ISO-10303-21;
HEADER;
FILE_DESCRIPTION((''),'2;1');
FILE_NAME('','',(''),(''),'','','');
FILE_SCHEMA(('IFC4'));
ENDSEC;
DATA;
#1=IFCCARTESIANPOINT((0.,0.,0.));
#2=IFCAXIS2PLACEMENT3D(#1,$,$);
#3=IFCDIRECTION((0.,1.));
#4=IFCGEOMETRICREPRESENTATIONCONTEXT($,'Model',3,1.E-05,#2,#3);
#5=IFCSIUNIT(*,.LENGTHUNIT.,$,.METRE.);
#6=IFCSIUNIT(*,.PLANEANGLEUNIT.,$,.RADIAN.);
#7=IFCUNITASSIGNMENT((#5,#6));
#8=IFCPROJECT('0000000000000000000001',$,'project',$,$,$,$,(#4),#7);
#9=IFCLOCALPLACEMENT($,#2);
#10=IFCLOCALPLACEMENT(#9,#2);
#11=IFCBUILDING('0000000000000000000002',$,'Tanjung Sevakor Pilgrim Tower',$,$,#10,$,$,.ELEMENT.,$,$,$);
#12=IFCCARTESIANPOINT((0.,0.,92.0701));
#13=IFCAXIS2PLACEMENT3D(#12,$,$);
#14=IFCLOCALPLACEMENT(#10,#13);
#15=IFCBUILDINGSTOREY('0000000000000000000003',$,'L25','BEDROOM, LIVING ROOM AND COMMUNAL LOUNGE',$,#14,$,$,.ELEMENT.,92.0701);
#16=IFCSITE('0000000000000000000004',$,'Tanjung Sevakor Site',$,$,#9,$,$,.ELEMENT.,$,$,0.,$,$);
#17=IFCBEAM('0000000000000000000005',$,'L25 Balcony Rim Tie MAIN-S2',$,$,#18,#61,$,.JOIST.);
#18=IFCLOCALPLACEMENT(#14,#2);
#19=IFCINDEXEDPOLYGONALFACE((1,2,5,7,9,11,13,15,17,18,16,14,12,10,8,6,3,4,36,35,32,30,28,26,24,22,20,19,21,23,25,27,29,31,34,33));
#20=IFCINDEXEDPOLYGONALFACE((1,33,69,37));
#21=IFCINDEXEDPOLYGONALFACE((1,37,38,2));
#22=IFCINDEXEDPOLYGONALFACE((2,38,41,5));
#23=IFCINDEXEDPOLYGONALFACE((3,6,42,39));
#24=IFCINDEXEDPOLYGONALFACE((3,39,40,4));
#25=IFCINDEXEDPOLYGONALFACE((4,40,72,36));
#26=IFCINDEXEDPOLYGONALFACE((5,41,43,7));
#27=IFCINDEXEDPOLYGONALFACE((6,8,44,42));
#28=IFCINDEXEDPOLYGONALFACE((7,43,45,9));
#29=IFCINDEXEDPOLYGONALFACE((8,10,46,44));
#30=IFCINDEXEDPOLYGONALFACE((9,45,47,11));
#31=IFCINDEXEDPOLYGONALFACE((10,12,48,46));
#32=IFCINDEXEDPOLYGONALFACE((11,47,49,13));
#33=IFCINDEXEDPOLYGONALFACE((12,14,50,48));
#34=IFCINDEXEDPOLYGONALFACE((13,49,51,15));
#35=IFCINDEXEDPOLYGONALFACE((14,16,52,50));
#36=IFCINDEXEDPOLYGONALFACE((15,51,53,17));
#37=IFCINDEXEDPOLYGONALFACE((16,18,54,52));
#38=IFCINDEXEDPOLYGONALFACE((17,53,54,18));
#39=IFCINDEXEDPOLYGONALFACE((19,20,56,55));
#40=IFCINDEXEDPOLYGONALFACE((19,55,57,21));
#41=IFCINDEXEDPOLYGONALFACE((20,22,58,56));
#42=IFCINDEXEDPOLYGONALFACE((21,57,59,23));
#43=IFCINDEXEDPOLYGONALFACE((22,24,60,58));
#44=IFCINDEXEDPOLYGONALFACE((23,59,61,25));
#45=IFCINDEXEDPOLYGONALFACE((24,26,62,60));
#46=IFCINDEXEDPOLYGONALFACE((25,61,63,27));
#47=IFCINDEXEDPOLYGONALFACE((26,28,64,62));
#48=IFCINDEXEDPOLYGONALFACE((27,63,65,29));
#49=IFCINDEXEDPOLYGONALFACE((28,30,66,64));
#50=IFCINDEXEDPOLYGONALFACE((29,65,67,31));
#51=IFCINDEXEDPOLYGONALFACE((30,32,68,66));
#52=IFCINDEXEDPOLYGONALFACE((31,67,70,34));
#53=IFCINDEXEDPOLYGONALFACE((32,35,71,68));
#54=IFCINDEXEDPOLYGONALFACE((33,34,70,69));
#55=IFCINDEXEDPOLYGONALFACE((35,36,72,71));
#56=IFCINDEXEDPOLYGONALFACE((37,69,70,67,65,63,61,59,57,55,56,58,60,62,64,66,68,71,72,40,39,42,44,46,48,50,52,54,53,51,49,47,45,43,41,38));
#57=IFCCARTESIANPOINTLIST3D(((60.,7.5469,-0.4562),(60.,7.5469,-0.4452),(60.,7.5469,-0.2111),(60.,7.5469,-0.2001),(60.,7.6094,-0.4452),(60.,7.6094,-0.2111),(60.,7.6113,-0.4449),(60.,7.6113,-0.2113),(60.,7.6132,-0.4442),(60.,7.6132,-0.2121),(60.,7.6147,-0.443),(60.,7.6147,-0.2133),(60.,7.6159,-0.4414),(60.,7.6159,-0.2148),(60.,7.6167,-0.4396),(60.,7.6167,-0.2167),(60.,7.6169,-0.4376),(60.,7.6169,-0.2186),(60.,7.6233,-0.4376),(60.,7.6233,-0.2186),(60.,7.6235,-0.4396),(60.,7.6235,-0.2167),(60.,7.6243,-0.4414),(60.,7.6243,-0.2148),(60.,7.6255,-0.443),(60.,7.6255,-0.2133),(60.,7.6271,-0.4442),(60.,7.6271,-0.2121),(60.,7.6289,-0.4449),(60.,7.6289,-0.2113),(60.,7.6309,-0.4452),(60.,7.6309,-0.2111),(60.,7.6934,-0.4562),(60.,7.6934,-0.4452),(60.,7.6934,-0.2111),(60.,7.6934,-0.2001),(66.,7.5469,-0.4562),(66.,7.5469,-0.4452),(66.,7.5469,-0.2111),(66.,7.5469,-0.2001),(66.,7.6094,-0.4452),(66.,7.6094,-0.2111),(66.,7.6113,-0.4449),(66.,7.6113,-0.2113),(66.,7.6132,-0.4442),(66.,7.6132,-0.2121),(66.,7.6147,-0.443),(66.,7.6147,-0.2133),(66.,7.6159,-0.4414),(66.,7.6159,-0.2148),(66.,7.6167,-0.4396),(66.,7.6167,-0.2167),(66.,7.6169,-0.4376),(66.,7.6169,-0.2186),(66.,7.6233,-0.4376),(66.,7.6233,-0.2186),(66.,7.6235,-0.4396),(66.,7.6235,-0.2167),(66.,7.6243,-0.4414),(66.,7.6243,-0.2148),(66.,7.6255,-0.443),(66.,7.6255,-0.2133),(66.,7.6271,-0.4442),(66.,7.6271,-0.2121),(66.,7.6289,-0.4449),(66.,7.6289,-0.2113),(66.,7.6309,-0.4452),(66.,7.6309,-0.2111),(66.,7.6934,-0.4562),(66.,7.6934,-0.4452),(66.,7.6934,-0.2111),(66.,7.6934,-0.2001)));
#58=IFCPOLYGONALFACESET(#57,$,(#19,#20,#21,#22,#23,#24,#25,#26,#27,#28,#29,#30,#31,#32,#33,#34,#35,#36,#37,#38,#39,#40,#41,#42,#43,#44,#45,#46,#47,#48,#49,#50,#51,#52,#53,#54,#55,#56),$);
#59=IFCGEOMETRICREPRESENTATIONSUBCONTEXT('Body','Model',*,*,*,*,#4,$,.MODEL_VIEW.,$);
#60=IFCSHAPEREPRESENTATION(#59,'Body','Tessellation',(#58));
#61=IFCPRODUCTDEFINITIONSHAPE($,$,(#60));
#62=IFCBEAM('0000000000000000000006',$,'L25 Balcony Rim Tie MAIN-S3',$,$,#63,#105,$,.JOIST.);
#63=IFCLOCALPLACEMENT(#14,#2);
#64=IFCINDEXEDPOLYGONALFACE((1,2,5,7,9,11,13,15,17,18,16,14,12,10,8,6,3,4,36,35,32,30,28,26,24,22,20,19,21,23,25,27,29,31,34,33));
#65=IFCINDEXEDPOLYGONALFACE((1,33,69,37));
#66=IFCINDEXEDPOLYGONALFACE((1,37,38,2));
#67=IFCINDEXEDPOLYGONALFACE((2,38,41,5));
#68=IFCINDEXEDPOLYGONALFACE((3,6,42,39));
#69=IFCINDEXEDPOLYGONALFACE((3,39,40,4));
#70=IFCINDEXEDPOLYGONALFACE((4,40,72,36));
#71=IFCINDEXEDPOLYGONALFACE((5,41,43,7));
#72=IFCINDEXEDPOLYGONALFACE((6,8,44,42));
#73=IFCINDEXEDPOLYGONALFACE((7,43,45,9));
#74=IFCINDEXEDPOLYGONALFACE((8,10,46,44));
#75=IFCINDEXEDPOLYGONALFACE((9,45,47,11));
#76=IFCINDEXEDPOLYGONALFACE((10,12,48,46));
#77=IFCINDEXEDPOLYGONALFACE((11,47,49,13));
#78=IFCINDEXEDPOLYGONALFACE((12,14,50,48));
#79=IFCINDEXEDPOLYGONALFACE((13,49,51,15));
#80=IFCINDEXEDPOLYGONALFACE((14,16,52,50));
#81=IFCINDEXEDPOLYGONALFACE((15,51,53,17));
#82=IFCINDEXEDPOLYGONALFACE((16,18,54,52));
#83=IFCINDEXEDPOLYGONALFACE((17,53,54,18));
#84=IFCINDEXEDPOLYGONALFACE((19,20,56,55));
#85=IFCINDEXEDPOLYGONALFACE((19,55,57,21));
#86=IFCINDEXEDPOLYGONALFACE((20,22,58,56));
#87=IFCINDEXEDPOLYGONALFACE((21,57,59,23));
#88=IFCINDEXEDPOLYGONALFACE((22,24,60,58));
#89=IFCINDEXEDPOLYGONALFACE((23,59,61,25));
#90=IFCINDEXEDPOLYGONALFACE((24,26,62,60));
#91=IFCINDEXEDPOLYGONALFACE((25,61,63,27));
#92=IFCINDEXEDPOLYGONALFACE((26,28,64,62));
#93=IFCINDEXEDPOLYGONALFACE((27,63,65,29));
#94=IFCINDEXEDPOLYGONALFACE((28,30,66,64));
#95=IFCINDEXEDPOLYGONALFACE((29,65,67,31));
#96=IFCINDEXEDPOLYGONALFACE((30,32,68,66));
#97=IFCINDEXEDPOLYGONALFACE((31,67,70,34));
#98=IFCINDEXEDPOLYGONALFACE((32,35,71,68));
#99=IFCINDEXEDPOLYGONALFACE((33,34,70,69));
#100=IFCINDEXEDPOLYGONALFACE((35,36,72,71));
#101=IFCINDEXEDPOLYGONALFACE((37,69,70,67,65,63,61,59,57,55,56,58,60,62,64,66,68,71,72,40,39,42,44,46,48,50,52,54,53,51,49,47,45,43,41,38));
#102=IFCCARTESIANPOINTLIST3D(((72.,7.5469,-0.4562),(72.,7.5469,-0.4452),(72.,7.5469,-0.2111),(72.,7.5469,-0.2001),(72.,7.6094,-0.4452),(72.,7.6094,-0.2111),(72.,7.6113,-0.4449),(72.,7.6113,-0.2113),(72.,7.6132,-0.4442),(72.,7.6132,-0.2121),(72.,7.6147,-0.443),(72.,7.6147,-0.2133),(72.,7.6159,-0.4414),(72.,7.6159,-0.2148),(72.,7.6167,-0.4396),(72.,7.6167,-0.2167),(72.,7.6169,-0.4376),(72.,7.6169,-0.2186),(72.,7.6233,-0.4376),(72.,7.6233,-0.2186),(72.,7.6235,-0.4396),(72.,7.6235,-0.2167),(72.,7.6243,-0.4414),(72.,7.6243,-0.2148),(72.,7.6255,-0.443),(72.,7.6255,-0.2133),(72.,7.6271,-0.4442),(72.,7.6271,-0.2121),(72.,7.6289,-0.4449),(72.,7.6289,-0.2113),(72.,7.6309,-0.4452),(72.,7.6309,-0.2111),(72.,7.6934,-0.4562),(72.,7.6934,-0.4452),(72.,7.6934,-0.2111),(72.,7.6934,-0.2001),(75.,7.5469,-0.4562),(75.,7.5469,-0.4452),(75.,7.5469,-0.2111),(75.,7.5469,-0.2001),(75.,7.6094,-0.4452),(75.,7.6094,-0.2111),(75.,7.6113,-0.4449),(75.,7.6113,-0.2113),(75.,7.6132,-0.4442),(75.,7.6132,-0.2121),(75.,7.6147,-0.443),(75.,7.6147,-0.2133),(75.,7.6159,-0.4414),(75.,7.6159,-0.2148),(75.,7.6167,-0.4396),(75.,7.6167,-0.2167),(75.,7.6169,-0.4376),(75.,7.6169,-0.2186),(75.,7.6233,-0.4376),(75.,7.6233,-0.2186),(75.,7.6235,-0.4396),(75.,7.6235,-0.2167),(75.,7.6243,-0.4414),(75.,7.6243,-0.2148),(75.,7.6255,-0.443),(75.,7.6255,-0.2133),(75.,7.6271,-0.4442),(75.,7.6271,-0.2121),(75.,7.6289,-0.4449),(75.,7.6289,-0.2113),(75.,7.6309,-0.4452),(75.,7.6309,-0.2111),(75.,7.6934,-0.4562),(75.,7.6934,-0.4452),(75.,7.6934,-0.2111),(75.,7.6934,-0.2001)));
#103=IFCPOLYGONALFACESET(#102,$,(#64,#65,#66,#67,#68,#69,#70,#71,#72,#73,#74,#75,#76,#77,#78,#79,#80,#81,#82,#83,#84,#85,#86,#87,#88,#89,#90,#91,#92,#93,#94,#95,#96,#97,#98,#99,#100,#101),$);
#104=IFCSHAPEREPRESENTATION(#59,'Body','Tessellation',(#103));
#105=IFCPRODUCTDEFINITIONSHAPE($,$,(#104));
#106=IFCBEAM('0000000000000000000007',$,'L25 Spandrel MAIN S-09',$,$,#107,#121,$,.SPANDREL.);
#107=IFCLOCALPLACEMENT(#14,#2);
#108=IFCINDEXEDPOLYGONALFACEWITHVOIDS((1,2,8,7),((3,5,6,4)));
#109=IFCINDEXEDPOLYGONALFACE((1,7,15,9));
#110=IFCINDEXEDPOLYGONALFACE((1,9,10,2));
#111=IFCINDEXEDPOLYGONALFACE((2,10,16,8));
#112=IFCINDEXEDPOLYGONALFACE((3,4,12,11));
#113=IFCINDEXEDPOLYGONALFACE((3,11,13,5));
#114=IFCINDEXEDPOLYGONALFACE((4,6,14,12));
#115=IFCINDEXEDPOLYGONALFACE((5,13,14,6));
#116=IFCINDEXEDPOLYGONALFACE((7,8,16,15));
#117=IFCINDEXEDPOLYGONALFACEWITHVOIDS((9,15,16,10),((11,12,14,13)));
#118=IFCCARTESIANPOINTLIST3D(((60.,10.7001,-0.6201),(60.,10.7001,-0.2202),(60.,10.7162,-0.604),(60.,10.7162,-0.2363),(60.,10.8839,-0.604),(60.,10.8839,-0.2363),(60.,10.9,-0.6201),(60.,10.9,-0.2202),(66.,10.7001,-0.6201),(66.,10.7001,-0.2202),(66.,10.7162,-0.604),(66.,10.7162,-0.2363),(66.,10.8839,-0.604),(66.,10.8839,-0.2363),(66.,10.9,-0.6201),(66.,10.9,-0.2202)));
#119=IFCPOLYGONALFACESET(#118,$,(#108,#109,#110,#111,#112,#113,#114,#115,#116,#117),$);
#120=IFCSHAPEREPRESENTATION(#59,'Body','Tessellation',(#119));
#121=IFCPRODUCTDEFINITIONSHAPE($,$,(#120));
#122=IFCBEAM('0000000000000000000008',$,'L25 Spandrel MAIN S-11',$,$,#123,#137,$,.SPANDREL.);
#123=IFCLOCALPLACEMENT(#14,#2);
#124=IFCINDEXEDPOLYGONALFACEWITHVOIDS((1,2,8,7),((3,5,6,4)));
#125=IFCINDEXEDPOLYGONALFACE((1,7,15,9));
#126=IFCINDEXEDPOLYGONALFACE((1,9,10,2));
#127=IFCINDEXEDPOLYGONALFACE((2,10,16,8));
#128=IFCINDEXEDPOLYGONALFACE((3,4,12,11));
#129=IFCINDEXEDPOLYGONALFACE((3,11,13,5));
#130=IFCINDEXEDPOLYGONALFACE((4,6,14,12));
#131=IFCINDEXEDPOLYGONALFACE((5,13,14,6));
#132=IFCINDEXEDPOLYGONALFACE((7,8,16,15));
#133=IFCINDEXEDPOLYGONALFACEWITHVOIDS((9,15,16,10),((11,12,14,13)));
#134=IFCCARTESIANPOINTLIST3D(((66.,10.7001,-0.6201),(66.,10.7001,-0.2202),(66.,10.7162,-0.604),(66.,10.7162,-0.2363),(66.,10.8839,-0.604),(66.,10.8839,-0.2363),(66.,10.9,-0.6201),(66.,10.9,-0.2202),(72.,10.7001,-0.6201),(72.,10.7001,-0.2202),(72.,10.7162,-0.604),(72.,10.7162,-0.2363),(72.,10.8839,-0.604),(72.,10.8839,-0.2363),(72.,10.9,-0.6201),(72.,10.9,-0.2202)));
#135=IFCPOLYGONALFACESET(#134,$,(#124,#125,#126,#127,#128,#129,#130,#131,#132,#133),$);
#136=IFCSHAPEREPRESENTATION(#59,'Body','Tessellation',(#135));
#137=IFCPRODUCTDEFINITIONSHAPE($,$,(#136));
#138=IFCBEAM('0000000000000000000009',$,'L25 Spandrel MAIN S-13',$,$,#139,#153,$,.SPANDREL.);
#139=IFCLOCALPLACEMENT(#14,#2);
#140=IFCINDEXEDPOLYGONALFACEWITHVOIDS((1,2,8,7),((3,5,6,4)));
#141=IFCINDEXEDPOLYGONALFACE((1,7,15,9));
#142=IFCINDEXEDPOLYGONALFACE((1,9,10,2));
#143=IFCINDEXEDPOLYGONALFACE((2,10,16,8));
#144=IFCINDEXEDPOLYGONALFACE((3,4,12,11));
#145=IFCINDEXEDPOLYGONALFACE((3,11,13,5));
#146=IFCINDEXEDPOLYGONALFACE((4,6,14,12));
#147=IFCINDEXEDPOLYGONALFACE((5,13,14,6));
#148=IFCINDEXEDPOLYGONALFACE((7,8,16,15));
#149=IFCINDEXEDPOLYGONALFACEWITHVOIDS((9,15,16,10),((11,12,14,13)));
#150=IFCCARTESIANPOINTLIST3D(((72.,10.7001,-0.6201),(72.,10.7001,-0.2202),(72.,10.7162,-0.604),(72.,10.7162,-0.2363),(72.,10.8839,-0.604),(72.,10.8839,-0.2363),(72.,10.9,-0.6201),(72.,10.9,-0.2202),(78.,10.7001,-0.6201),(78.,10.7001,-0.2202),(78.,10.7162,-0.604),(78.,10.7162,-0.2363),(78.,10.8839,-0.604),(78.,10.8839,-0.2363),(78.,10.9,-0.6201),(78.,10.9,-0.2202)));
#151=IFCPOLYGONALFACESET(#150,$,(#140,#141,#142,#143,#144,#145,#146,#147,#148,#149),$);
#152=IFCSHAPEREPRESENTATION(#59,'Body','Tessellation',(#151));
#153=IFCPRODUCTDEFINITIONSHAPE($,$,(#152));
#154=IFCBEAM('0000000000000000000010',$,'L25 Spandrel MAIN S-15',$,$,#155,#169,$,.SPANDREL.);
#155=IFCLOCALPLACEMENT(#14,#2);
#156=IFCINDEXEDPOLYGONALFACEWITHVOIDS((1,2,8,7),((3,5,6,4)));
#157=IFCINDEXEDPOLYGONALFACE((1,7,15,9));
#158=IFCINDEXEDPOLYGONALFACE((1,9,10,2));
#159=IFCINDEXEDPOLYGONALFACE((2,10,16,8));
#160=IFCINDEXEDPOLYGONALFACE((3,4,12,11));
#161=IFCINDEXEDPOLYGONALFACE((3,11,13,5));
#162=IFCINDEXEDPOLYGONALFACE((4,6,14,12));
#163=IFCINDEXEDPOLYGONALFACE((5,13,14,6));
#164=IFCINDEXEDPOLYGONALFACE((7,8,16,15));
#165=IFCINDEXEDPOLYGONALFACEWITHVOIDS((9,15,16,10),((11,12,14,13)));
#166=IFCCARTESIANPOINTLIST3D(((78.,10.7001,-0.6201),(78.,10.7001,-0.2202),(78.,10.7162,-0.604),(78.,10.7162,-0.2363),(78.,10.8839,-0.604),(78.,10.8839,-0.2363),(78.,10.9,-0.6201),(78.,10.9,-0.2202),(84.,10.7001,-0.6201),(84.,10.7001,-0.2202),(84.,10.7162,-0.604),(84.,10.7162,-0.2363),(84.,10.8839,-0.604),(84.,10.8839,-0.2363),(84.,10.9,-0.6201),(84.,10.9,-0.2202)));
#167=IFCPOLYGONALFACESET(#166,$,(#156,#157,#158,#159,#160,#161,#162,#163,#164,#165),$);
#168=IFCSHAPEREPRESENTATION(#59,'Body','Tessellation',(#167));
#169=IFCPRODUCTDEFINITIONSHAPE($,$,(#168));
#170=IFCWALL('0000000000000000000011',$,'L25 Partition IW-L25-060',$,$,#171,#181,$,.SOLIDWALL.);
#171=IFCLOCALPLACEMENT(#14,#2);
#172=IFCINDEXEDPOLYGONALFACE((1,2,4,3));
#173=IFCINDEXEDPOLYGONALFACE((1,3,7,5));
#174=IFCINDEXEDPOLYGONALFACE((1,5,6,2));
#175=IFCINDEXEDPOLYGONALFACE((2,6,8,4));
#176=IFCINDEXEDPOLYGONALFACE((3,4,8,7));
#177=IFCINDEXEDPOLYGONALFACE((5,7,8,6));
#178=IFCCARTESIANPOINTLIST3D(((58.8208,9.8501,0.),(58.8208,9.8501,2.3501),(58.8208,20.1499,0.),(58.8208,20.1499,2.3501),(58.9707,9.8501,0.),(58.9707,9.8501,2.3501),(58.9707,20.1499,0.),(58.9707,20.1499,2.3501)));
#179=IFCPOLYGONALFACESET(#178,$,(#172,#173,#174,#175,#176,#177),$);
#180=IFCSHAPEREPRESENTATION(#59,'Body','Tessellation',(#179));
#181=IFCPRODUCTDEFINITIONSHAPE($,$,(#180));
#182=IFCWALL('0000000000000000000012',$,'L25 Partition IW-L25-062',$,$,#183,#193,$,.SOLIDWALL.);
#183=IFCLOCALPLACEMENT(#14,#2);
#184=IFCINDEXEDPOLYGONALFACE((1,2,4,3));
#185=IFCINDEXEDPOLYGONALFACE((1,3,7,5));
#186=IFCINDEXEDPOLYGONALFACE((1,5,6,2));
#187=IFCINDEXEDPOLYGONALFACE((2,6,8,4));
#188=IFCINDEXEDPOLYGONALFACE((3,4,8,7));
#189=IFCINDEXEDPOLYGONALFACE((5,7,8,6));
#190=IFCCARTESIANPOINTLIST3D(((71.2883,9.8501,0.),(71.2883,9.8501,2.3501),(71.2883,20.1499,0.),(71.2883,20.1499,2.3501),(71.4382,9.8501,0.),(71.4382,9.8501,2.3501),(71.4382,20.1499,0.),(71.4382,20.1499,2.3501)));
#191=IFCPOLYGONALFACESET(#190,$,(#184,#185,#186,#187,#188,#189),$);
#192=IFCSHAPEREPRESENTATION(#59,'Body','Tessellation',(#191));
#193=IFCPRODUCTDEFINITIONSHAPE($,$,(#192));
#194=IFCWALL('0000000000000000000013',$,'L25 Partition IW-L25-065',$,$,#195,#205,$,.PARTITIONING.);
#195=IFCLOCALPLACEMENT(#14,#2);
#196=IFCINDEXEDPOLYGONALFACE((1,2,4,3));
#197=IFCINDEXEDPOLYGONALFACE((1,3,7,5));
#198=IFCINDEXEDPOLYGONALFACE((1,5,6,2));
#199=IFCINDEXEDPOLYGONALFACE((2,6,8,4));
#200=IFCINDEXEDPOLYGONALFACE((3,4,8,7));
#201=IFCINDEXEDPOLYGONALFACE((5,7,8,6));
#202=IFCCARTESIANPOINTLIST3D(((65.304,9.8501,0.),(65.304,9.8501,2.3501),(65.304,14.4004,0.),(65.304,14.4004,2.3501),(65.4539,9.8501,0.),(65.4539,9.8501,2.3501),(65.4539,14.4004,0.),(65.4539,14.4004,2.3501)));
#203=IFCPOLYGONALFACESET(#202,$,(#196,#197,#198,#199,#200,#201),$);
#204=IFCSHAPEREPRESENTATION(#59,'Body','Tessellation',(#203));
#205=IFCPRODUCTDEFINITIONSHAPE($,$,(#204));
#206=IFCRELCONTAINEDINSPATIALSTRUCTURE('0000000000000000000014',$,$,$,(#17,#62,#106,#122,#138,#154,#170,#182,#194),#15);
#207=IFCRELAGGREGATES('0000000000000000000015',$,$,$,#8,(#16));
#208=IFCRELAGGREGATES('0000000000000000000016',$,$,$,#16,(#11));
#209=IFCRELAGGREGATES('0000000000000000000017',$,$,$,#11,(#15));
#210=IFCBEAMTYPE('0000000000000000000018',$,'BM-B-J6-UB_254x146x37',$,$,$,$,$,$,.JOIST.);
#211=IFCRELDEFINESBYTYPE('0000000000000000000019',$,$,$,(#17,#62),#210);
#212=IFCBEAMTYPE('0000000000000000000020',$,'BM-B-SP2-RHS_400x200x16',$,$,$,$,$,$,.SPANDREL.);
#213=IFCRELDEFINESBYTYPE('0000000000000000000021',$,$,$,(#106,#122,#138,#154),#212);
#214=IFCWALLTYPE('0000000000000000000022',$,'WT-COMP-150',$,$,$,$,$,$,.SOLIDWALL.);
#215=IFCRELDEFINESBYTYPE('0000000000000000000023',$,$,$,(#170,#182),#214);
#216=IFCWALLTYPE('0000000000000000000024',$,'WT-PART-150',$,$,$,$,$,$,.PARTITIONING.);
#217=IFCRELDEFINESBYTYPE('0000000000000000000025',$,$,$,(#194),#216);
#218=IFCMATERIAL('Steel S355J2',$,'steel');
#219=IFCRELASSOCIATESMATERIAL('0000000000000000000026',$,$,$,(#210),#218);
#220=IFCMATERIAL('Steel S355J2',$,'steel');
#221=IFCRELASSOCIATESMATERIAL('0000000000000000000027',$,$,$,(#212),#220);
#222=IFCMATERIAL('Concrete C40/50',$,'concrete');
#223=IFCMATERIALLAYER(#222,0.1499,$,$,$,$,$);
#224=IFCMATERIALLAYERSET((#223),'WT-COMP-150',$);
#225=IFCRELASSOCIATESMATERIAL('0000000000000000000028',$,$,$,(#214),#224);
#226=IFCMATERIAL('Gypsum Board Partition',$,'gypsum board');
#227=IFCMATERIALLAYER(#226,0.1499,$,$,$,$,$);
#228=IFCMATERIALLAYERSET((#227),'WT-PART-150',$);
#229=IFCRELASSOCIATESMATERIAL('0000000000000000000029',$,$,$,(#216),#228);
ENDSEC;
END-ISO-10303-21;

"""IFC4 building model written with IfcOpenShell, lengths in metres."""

from ifc_helpers import new_model, si_unit, direction, frame, frame_2d, origin, origin_2d, place, context, subcontext, project, spatial, rectangle, hollow_rectangle, i_section, extrude, material, layer, layer_set, material_profile, profile_set, type_object, element, save


model = new_model("IFC4")

# Units and contexts
model_context = context("Model", 3, precision=1e-05, world=origin(), true_north=direction((0.0, 1.0)))
body_context = subcontext(model_context, "Body", "Model", "MODEL_VIEW")
ifc_project = project(units=[si_unit("LENGTHUNIT", "METRE"), si_unit("PLANEANGLEUNIT", "RADIAN")], contexts=[model_context])

# Site, building, storey
site_placement = place(None, origin())
site = spatial("IfcSite", under=ifc_project, at=site_placement, Name="Tanjung Sevakor Site", CompositionType="ELEMENT", RefElevation=0.0)
building_placement = place(site_placement, origin())
building = spatial("IfcBuilding", under=site, at=building_placement, Name="Tanjung Sevakor Pilgrim Tower", CompositionType="ELEMENT")
storey_placement = place(building_placement, frame((0.0, 0.0, 92.0701)))
storey = spatial("IfcBuildingStorey", under=building, at=storey_placement, Name="L25", Description="BEDROOM, LIVING ROOM AND COMMUNAL LOUNGE", CompositionType="ELEMENT", Elevation=92.0701)

# Beams
ifc_material_1 = material(Name="Steel S355J2", Category="steel")
ifc_material_profile_1 = material_profile(ifc_material_1, i_section(OverallWidth=0.1465, OverallDepth=0.2561, WebThickness=0.0063, FlangeThickness=0.011, FilletRadius=0.0076, at=origin_2d()))
ifc_profile_set_1 = profile_set([ifc_material_profile_1], Name="Steel S355J2")
beam_type_1 = type_object("IfcBeamType", Name="BM-B-J6-UB_254x146x37", PredefinedType="JOIST", material=ifc_profile_set_1)
beam_1_placement = place(storey_placement, frame((60.0, 7.6201, -0.3281), z_axis=(1.0, 0.0, 0.0), x_axis=(0.0, 1.0, 0.0)))
element("IfcBeam", 1, at=beam_1_placement, inside=storey, type_object=beam_type_1, Name="L25 Balcony Rim Tie MAIN-S2", PredefinedType="JOIST", context=body_context, shape_type="SweptSolid", body=[
    extrude(i_section(OverallWidth=0.1465, OverallDepth=0.2561, WebThickness=0.0063, FlangeThickness=0.011, FilletRadius=0.0076, at=origin_2d()), origin(), (0.0, 0.0, 1.0), 6.0),
])
beam_2_placement = place(storey_placement, frame((72.0, 7.6201, -0.3281), z_axis=(1.0, 0.0, 0.0), x_axis=(0.0, 1.0, 0.0)))
element("IfcBeam", 2, at=beam_2_placement, inside=storey, type_object=beam_type_1, Name="L25 Balcony Rim Tie MAIN-S3", PredefinedType="JOIST", context=body_context, shape_type="SweptSolid", body=[
    extrude(i_section(OverallWidth=0.1465, OverallDepth=0.2561, WebThickness=0.0063, FlangeThickness=0.011, FilletRadius=0.0076, at=origin_2d()), origin(), (0.0, 0.0, 1.0), 3.0),
])
ifc_material_2 = material(Name="Steel S355J2", Category="steel")
ifc_material_profile_2 = material_profile(ifc_material_2, hollow_rectangle(XDim=0.2, YDim=0.3999, WallThickness=0.0161, at=origin_2d()))
ifc_profile_set_2 = profile_set([ifc_material_profile_2], Name="Steel S355J2")
beam_type_2 = type_object("IfcBeamType", Name="BM-B-SP2-RHS_400x200x16", PredefinedType="SPANDREL", material=ifc_profile_set_2)
for number, where, z_axis, x_axis, name in (
    (3, (60.0, 10.8, -0.4202), (1.0, 0.0, 0.0), (0.0, 1.0, 0.0), "L25 Spandrel MAIN S-09"),
    (4, (66.0, 10.8, -0.4202), (1.0, 0.0, 0.0), (0.0, 1.0, 0.0), "L25 Spandrel MAIN S-11"),
    (5, (72.0, 10.8, -0.4202), (1.0, 0.0, 0.0), (0.0, 1.0, 0.0), "L25 Spandrel MAIN S-13"),
    (6, (78.0, 10.8, -0.4202), (1.0, 0.0, 0.0), (0.0, 1.0, 0.0), "L25 Spandrel MAIN S-15"),
):
    element("IfcBeam", number, at=place(storey_placement, frame(where, z_axis=z_axis, x_axis=x_axis)), inside=storey, type_object=beam_type_2, Name=name, PredefinedType="SPANDREL", context=body_context, shape_type="SweptSolid", body=[
        extrude(hollow_rectangle(XDim=0.2, YDim=0.3999, WallThickness=0.0161, at=origin_2d()), origin(), (0.0, 0.0, 1.0), 6.0),
    ])

# Walls
ifc_material_3 = material(Name="Concrete C40/50", Category="concrete")
ifc_layer_1 = layer(ifc_material_3, 0.1499)
ifc_layer_set_1 = layer_set([ifc_layer_1], Name="WT-COMP-150")
wall_type_1 = type_object("IfcWallType", Name="WT-COMP-150", PredefinedType="SOLIDWALL", material=ifc_layer_set_1)
for number, where, z_axis, x_axis, name in (
    (7, (58.8958, 9.8501, 0.0), (0.0, 0.0, 1.0), (0.0, 1.0, 0.0), "L25 Partition IW-L25-060"),
    (8, (71.3633, 9.8501, 0.0), (0.0, 0.0, 1.0), (0.0, 1.0, 0.0), "L25 Partition IW-L25-062"),
):
    element("IfcWall", number, at=place(storey_placement, frame(where, z_axis=z_axis, x_axis=x_axis)), inside=storey, type_object=wall_type_1, Name=name, PredefinedType="SOLIDWALL", context=body_context, shape_type="SweptSolid", body=[
        extrude(rectangle(XDim=10.2998, YDim=0.1499, at=frame_2d((5.1499, 0.0))), origin(), (0.0, 0.0, 1.0), 2.3501),
    ])
ifc_material_4 = material(Name="Gypsum Board Partition", Category="gypsum board")
ifc_layer_2 = layer(ifc_material_4, 0.1499)
ifc_layer_set_2 = layer_set([ifc_layer_2], Name="WT-PART-150")
wall_type_2 = type_object("IfcWallType", Name="WT-PART-150", PredefinedType="PARTITIONING", material=ifc_layer_set_2)
wall_1_placement = place(storey_placement, frame((65.3789, 9.8501, 0.0), z_axis=(0.0, 0.0, 1.0), x_axis=(0.0, 1.0, 0.0)))
element("IfcWall", 9, at=wall_1_placement, inside=storey, type_object=wall_type_2, Name="L25 Partition IW-L25-065", PredefinedType="PARTITIONING", context=body_context, shape_type="SweptSolid", body=[
    extrude(rectangle(XDim=4.5503, YDim=0.1499, at=frame_2d((2.2751, 0.0))), origin(), (0.0, 0.0, 1.0), 2.3501),
])

save(model, "model.ifc")
